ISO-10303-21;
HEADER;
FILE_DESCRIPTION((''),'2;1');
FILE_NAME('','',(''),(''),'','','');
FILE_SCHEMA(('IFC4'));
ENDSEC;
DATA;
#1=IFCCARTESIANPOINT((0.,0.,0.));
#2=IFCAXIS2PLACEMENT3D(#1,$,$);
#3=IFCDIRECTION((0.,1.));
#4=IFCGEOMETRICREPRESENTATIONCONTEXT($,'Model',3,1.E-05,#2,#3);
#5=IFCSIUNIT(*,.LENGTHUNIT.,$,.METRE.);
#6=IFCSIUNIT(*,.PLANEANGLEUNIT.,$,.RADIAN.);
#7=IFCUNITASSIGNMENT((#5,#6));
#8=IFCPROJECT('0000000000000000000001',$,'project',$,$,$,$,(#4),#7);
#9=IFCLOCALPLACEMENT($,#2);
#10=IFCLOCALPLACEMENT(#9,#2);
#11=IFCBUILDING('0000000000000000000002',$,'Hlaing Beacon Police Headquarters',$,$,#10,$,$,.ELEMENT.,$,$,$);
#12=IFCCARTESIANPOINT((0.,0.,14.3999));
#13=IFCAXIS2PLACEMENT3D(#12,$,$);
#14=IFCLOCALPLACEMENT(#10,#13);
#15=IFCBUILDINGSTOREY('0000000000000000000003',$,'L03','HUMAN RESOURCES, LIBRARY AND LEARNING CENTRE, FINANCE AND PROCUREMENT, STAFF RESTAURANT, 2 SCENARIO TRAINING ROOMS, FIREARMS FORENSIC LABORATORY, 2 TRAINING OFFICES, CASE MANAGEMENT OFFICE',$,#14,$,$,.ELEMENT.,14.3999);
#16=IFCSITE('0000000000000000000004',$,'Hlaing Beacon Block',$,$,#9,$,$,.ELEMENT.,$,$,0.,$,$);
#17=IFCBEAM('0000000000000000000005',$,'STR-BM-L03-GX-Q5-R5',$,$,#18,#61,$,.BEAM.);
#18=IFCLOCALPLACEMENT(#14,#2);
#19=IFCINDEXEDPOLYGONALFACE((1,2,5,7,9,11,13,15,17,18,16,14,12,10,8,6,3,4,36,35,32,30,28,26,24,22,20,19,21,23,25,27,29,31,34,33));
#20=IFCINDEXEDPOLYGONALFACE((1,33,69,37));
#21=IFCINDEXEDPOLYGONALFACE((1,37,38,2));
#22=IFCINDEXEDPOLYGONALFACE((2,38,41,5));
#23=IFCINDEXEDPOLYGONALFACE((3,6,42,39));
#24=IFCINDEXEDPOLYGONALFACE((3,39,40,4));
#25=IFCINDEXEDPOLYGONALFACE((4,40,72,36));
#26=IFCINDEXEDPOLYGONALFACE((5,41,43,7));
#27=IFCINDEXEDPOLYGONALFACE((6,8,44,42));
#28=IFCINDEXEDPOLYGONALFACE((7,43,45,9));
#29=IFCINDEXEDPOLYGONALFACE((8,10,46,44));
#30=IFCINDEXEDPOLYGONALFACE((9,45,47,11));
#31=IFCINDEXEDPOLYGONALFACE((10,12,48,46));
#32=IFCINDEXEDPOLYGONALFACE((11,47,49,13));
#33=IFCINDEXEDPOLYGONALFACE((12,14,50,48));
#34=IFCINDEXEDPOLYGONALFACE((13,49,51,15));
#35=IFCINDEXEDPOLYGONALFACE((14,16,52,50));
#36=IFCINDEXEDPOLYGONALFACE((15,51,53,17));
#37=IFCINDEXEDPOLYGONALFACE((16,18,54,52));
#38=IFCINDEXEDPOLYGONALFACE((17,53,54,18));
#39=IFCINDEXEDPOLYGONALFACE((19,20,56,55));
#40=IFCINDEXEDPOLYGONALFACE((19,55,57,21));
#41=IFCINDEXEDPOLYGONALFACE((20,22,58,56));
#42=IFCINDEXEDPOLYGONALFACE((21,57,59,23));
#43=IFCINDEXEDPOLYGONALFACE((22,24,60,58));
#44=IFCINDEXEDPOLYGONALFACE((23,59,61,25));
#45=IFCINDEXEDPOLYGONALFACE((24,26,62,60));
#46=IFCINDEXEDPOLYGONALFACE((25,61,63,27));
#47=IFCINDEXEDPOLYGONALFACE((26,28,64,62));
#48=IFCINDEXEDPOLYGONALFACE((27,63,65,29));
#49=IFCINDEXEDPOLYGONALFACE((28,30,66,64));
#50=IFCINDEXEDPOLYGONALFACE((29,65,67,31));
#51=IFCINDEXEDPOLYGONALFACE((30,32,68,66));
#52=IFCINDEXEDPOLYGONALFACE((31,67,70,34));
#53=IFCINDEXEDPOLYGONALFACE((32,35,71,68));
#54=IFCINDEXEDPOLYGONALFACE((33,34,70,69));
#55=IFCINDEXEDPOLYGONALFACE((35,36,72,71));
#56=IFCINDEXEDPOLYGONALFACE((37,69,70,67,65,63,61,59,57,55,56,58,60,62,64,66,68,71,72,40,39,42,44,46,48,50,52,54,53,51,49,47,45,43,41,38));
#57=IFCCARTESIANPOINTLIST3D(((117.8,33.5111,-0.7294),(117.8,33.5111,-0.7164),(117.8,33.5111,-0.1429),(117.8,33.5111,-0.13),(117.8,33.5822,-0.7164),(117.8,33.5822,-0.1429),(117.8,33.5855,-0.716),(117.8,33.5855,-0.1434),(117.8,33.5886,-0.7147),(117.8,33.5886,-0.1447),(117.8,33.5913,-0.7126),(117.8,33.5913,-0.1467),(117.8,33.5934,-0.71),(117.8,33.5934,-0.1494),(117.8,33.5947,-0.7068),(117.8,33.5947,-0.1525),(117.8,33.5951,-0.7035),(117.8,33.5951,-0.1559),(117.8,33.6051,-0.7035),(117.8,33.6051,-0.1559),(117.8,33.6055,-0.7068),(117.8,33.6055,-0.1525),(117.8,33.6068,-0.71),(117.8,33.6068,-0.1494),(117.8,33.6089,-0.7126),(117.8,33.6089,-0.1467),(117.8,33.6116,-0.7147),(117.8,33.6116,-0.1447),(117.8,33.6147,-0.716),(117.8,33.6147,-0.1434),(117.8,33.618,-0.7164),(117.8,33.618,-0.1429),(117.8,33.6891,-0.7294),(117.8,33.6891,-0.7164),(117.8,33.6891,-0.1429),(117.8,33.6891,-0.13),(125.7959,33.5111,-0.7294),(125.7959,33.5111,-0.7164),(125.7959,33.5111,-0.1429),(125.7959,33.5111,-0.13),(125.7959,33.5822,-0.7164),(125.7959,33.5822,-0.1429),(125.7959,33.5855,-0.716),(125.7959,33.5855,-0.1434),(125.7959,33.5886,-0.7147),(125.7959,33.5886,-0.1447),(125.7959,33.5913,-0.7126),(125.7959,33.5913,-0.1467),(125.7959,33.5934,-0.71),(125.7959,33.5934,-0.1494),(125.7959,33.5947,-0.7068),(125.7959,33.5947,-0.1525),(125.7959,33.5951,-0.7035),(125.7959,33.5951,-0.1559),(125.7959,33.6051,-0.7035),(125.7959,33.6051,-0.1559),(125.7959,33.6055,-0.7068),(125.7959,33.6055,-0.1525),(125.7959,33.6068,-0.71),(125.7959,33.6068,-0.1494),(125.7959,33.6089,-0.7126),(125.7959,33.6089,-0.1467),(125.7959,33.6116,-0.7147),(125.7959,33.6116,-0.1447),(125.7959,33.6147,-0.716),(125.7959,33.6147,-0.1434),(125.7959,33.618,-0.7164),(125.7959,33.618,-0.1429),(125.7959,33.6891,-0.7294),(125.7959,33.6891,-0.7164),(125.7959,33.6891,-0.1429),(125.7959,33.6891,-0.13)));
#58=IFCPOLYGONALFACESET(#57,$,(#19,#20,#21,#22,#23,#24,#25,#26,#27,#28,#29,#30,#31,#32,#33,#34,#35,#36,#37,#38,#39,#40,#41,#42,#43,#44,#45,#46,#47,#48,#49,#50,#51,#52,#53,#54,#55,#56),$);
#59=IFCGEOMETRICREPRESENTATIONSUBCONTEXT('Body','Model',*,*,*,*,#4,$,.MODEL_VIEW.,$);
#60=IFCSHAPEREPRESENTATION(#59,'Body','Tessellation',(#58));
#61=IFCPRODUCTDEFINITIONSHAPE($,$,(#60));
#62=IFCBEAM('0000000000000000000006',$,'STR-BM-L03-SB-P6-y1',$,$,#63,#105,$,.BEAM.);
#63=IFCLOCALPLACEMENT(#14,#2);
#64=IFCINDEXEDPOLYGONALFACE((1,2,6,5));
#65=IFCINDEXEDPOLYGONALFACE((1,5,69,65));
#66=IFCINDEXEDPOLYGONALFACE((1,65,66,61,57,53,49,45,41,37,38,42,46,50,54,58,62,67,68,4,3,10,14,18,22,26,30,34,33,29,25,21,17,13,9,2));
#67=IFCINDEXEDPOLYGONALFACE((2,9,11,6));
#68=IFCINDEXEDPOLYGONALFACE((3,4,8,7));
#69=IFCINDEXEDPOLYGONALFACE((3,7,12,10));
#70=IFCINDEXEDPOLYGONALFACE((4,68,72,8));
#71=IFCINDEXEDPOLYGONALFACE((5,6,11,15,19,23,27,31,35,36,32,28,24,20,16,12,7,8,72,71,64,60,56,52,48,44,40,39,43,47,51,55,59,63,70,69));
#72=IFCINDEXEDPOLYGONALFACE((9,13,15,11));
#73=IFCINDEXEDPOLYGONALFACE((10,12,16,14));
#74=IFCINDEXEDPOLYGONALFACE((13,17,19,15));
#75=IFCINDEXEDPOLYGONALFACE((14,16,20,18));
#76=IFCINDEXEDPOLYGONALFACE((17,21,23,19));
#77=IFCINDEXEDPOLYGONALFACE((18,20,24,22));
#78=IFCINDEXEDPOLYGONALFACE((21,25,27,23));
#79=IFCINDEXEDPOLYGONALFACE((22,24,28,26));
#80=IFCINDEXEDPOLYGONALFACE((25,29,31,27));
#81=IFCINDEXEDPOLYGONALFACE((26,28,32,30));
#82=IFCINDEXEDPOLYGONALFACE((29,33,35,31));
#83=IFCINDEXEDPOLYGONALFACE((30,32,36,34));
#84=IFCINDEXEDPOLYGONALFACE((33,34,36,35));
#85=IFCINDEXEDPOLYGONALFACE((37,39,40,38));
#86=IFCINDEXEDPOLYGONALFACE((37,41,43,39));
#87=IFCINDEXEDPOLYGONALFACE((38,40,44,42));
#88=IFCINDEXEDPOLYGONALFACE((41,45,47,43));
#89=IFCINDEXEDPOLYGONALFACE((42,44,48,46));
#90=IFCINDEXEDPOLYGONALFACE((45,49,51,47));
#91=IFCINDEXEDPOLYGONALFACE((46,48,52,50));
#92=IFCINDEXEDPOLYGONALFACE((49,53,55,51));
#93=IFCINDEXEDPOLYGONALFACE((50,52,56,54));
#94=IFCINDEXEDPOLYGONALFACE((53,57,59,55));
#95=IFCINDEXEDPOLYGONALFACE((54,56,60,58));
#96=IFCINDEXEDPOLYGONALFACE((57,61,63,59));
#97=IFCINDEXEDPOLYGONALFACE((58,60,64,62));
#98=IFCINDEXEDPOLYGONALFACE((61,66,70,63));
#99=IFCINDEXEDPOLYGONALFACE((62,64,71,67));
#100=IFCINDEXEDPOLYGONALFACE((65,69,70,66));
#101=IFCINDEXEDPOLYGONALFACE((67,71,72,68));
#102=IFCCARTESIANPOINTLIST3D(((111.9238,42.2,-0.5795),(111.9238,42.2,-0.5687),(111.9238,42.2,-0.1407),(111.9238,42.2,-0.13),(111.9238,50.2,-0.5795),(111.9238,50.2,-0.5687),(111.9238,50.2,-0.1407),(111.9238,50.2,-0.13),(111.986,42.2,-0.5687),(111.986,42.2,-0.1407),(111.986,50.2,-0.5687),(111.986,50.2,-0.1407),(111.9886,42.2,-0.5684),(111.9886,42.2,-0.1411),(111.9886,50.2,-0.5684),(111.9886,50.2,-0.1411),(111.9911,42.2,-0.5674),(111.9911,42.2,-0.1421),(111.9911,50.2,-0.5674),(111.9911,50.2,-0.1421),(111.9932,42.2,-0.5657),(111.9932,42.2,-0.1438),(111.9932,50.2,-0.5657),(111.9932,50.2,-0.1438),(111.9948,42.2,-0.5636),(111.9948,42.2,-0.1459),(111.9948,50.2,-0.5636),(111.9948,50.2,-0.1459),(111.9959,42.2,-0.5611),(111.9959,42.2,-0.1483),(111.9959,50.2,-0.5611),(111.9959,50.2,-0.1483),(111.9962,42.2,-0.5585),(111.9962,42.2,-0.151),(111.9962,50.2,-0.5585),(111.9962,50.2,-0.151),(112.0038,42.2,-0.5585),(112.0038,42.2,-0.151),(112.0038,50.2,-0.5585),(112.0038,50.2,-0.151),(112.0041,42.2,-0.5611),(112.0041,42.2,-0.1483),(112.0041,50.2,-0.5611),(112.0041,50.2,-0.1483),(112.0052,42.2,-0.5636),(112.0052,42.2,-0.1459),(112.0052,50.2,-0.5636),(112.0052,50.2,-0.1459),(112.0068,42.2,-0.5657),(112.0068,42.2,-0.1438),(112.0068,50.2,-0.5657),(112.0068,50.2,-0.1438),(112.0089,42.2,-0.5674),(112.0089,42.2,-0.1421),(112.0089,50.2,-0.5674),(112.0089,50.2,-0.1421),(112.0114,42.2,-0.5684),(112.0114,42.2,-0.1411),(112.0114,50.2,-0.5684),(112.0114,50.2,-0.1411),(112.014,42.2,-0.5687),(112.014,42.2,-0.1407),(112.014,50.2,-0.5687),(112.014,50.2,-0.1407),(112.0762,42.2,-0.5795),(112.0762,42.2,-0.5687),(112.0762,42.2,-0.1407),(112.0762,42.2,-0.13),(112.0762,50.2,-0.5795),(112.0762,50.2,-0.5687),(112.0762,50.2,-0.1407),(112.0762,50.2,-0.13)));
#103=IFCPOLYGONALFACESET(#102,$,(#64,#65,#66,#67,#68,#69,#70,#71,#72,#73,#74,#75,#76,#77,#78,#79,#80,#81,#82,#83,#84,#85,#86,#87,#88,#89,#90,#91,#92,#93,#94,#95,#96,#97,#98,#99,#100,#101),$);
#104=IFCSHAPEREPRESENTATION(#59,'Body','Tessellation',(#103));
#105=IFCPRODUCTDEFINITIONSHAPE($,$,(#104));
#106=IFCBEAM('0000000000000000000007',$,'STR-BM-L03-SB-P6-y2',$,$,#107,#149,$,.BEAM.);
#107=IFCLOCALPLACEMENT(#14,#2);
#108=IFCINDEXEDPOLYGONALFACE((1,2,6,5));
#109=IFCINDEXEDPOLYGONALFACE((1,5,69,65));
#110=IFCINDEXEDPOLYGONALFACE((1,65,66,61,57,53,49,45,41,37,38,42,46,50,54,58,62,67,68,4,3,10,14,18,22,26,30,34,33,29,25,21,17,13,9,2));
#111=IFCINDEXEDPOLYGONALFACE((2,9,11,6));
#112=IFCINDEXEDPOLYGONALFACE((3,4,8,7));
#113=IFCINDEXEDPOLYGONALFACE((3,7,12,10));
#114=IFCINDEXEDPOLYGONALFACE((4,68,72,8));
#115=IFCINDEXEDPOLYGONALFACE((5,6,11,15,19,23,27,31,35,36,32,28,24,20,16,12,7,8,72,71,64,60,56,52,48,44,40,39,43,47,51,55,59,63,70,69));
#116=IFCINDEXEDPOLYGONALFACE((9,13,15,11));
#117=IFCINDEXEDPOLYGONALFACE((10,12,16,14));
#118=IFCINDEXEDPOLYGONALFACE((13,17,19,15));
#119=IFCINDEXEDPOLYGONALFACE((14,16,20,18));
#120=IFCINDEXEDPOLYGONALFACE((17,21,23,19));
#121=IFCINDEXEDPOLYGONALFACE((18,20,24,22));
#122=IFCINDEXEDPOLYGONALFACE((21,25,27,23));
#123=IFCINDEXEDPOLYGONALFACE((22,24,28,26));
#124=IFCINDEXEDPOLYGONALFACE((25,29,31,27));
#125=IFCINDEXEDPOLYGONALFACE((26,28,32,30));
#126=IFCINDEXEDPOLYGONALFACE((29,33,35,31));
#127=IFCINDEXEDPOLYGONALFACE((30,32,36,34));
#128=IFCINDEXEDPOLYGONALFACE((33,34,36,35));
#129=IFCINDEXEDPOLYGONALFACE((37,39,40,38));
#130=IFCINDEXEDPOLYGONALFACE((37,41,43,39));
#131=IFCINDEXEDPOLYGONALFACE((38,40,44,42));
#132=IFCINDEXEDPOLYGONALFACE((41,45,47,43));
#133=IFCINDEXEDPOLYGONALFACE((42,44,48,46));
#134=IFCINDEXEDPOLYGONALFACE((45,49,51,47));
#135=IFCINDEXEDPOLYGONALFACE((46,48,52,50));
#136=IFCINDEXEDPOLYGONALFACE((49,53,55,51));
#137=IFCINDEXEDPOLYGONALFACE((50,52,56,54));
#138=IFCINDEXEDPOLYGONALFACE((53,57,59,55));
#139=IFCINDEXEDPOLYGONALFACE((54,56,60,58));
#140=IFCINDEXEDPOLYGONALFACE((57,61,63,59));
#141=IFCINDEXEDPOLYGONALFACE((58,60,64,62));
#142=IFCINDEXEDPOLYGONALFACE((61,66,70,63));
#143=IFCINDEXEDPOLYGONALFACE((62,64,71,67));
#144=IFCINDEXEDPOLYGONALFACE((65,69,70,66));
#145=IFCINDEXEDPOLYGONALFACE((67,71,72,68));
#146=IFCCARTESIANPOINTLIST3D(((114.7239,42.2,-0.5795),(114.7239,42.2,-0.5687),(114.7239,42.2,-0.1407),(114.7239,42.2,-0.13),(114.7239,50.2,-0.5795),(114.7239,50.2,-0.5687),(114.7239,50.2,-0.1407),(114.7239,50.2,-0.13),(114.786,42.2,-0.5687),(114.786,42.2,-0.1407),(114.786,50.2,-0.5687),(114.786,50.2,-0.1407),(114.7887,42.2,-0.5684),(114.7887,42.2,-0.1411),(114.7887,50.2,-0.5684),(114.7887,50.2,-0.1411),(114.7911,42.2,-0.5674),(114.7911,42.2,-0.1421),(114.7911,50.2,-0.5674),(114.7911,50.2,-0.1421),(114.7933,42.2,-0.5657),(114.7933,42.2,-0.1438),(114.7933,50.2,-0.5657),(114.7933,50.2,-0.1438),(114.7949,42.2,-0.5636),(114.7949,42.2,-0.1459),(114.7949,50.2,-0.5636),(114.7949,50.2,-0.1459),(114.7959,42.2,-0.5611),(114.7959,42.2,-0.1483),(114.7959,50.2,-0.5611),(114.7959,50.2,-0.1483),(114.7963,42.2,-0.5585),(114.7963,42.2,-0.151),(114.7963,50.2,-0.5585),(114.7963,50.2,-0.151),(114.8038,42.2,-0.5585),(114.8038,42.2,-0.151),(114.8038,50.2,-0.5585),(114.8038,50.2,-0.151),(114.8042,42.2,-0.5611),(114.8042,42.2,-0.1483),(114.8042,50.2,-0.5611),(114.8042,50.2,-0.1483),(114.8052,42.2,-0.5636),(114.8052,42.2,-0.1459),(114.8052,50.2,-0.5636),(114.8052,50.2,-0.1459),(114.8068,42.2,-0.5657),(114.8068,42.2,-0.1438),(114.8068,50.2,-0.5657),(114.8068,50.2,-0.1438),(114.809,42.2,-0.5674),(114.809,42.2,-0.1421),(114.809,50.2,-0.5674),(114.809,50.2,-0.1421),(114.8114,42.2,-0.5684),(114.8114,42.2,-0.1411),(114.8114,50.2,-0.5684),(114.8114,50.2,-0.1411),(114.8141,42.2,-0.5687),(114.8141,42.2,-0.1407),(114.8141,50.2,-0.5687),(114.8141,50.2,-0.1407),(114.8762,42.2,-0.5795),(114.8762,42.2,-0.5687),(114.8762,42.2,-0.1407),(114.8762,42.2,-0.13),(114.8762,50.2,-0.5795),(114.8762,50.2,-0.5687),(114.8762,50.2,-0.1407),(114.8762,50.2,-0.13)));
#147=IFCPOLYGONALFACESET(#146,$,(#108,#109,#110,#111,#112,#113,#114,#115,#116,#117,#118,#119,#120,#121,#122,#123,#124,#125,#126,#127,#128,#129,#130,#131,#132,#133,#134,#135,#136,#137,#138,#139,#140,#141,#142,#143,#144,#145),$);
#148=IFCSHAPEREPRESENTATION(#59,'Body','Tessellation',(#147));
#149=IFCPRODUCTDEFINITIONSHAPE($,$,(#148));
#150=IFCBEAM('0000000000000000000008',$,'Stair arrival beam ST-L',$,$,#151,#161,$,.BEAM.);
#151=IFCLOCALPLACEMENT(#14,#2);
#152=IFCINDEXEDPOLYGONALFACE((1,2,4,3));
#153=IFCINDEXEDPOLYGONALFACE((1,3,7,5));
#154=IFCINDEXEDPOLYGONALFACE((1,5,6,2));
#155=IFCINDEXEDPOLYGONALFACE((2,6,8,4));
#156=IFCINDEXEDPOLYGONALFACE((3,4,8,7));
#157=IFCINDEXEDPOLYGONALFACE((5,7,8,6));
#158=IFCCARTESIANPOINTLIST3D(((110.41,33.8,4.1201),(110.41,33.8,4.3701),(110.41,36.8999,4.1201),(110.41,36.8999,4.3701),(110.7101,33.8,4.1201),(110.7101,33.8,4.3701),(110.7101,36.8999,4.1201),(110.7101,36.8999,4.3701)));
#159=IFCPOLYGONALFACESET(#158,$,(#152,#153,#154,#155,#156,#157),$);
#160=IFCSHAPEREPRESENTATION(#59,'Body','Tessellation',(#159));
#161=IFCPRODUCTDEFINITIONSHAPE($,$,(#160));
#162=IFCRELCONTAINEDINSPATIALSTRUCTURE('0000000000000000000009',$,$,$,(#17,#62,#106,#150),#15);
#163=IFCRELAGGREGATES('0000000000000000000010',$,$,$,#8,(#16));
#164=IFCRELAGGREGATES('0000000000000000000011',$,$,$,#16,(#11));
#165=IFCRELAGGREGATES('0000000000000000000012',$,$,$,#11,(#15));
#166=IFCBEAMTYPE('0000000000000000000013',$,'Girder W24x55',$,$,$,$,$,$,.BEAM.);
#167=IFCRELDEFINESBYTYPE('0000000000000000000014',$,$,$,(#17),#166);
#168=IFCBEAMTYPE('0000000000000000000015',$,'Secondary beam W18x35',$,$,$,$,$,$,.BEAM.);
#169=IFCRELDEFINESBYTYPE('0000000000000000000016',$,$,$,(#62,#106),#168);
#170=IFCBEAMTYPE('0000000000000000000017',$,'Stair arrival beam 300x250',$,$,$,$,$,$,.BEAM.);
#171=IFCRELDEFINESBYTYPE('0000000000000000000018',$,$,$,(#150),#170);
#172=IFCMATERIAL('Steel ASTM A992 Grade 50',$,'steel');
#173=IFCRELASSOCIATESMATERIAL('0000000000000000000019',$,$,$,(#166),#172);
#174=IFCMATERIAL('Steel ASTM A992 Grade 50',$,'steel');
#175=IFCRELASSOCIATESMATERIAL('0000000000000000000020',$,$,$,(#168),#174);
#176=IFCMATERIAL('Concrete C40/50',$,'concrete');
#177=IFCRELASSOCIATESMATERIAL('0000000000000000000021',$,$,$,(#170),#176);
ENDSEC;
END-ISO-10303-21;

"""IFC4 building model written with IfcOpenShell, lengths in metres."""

from ifc_helpers import new_model, si_unit, direction, frame, origin, origin_2d, place, context, subcontext, project, spatial, rectangle, i_section, extrude, material, material_profile, profile_set, type_object, element, save


model = new_model("IFC4")

# Units and contexts
model_context = context("Model", 3, precision=1e-05, world=origin(), true_north=direction((0.0, 1.0)))
body_context = subcontext(model_context, "Body", "Model", "MODEL_VIEW")
ifc_project = project(units=[si_unit("LENGTHUNIT", "METRE"), si_unit("PLANEANGLEUNIT", "RADIAN")], contexts=[model_context])

# Site, building, storey
site_placement = place(None, origin())
site = spatial("IfcSite", under=ifc_project, at=site_placement, Name="Hlaing Beacon Block", CompositionType="ELEMENT", RefElevation=0.0)
building_placement = place(site_placement, origin())
building = spatial("IfcBuilding", under=site, at=building_placement, Name="Hlaing Beacon Police Headquarters", CompositionType="ELEMENT")
storey_placement = place(building_placement, frame((0.0, 0.0, 14.3999)))
storey = spatial("IfcBuildingStorey", under=building, at=storey_placement, Name="L03", Description="HUMAN RESOURCES, LIBRARY AND LEARNING CENTRE, FINANCE AND PROCUREMENT, STAFF RESTAURANT, 2 SCENARIO TRAINING ROOMS, FIREARMS FORENSIC LABORATORY, 2 TRAINING OFFICES, CASE MANAGEMENT OFFICE", CompositionType="ELEMENT", Elevation=14.3999)

# Beams
ifc_material_1 = material(Name="Steel ASTM A992 Grade 50", Category="steel")
ifc_material_profile_1 = material_profile(ifc_material_1, i_section(OverallWidth=0.178, OverallDepth=0.5994, WebThickness=0.01, FlangeThickness=0.0129, FilletRadius=0.0129, at=origin_2d()), Name="W24x55")
ifc_profile_set_1 = profile_set([ifc_material_profile_1], Name="Steel ASTM A992 Grade 50")
beam_type_1 = type_object("IfcBeamType", Name="Girder W24x55", PredefinedType="BEAM", material=ifc_profile_set_1)
beam_1_placement = place(storey_placement, frame((117.8, 33.6001, -0.4297), z_axis=(1.0, 0.0, 0.0), x_axis=(0.0, 1.0, 0.0)))
element("IfcBeam", 1, at=beam_1_placement, inside=storey, type_object=beam_type_1, Name="STR-BM-L03-GX-Q5-R5", PredefinedType="BEAM", context=body_context, shape_type="SweptSolid", body=[
    extrude(i_section(OverallWidth=0.178, OverallDepth=0.5994, WebThickness=0.01, FlangeThickness=0.0129, FilletRadius=0.0129, at=origin_2d()), origin(), (0.0, 0.0, 1.0), 7.9958),
])
ifc_material_2 = material(Name="Steel ASTM A992 Grade 50", Category="steel")
ifc_material_profile_2 = material_profile(ifc_material_2, i_section(OverallWidth=0.1523, OverallDepth=0.4495, WebThickness=0.0076, FlangeThickness=0.0107, FilletRadius=0.0103, at=origin_2d()), Name="W18x35")
ifc_profile_set_2 = profile_set([ifc_material_profile_2], Name="Steel ASTM A992 Grade 50")
beam_type_2 = type_object("IfcBeamType", Name="Secondary beam W18x35", PredefinedType="BEAM", material=ifc_profile_set_2)
for number, where, z_axis, x_axis, name in (
    (2, (112.0, 42.2, -0.3547), (0.0, 1.0, 0.0), (-1.0, 0.0, 0.0), "STR-BM-L03-SB-P6-y1"),
    (3, (114.8, 42.2, -0.3547), (0.0, 1.0, 0.0), (-1.0, 0.0, 0.0), "STR-BM-L03-SB-P6-y2"),
):
    element("IfcBeam", number, at=place(storey_placement, frame(where, z_axis=z_axis, x_axis=x_axis)), inside=storey, type_object=beam_type_2, Name=name, PredefinedType="BEAM", context=body_context, shape_type="SweptSolid", body=[
        extrude(i_section(OverallWidth=0.1523, OverallDepth=0.4495, WebThickness=0.0076, FlangeThickness=0.0107, FilletRadius=0.0103, at=origin_2d()), origin(), (0.0, 0.0, 1.0), 8.0),
    ])
ifc_material_3 = material(Name="Concrete C40/50", Category="concrete")
ifc_material_profile_3 = material_profile(ifc_material_3, rectangle(XDim=0.3, YDim=0.25, at=origin_2d()), Name="Stair arrival beam 300x250")
ifc_profile_set_3 = profile_set([ifc_material_profile_3], Name="Concrete C40/50")
beam_type_3 = type_object("IfcBeamType", Name="Stair arrival beam 300x250", PredefinedType="BEAM", material=ifc_profile_set_3)
beam_2_placement = place(storey_placement, frame((110.5601, 33.8, 4.2451), z_axis=(0.0, 1.0, 0.0), x_axis=(-1.0, 0.0, 0.0)))
element("IfcBeam", 4, at=beam_2_placement, inside=storey, type_object=beam_type_3, Name="Stair arrival beam ST-L", PredefinedType="BEAM", context=body_context, shape_type="SweptSolid", body=[
    extrude(rectangle(XDim=0.3, YDim=0.25, at=origin_2d()), origin(), (0.0, 0.0, 1.0), 3.0999),
])

save(model, "model.ifc")
